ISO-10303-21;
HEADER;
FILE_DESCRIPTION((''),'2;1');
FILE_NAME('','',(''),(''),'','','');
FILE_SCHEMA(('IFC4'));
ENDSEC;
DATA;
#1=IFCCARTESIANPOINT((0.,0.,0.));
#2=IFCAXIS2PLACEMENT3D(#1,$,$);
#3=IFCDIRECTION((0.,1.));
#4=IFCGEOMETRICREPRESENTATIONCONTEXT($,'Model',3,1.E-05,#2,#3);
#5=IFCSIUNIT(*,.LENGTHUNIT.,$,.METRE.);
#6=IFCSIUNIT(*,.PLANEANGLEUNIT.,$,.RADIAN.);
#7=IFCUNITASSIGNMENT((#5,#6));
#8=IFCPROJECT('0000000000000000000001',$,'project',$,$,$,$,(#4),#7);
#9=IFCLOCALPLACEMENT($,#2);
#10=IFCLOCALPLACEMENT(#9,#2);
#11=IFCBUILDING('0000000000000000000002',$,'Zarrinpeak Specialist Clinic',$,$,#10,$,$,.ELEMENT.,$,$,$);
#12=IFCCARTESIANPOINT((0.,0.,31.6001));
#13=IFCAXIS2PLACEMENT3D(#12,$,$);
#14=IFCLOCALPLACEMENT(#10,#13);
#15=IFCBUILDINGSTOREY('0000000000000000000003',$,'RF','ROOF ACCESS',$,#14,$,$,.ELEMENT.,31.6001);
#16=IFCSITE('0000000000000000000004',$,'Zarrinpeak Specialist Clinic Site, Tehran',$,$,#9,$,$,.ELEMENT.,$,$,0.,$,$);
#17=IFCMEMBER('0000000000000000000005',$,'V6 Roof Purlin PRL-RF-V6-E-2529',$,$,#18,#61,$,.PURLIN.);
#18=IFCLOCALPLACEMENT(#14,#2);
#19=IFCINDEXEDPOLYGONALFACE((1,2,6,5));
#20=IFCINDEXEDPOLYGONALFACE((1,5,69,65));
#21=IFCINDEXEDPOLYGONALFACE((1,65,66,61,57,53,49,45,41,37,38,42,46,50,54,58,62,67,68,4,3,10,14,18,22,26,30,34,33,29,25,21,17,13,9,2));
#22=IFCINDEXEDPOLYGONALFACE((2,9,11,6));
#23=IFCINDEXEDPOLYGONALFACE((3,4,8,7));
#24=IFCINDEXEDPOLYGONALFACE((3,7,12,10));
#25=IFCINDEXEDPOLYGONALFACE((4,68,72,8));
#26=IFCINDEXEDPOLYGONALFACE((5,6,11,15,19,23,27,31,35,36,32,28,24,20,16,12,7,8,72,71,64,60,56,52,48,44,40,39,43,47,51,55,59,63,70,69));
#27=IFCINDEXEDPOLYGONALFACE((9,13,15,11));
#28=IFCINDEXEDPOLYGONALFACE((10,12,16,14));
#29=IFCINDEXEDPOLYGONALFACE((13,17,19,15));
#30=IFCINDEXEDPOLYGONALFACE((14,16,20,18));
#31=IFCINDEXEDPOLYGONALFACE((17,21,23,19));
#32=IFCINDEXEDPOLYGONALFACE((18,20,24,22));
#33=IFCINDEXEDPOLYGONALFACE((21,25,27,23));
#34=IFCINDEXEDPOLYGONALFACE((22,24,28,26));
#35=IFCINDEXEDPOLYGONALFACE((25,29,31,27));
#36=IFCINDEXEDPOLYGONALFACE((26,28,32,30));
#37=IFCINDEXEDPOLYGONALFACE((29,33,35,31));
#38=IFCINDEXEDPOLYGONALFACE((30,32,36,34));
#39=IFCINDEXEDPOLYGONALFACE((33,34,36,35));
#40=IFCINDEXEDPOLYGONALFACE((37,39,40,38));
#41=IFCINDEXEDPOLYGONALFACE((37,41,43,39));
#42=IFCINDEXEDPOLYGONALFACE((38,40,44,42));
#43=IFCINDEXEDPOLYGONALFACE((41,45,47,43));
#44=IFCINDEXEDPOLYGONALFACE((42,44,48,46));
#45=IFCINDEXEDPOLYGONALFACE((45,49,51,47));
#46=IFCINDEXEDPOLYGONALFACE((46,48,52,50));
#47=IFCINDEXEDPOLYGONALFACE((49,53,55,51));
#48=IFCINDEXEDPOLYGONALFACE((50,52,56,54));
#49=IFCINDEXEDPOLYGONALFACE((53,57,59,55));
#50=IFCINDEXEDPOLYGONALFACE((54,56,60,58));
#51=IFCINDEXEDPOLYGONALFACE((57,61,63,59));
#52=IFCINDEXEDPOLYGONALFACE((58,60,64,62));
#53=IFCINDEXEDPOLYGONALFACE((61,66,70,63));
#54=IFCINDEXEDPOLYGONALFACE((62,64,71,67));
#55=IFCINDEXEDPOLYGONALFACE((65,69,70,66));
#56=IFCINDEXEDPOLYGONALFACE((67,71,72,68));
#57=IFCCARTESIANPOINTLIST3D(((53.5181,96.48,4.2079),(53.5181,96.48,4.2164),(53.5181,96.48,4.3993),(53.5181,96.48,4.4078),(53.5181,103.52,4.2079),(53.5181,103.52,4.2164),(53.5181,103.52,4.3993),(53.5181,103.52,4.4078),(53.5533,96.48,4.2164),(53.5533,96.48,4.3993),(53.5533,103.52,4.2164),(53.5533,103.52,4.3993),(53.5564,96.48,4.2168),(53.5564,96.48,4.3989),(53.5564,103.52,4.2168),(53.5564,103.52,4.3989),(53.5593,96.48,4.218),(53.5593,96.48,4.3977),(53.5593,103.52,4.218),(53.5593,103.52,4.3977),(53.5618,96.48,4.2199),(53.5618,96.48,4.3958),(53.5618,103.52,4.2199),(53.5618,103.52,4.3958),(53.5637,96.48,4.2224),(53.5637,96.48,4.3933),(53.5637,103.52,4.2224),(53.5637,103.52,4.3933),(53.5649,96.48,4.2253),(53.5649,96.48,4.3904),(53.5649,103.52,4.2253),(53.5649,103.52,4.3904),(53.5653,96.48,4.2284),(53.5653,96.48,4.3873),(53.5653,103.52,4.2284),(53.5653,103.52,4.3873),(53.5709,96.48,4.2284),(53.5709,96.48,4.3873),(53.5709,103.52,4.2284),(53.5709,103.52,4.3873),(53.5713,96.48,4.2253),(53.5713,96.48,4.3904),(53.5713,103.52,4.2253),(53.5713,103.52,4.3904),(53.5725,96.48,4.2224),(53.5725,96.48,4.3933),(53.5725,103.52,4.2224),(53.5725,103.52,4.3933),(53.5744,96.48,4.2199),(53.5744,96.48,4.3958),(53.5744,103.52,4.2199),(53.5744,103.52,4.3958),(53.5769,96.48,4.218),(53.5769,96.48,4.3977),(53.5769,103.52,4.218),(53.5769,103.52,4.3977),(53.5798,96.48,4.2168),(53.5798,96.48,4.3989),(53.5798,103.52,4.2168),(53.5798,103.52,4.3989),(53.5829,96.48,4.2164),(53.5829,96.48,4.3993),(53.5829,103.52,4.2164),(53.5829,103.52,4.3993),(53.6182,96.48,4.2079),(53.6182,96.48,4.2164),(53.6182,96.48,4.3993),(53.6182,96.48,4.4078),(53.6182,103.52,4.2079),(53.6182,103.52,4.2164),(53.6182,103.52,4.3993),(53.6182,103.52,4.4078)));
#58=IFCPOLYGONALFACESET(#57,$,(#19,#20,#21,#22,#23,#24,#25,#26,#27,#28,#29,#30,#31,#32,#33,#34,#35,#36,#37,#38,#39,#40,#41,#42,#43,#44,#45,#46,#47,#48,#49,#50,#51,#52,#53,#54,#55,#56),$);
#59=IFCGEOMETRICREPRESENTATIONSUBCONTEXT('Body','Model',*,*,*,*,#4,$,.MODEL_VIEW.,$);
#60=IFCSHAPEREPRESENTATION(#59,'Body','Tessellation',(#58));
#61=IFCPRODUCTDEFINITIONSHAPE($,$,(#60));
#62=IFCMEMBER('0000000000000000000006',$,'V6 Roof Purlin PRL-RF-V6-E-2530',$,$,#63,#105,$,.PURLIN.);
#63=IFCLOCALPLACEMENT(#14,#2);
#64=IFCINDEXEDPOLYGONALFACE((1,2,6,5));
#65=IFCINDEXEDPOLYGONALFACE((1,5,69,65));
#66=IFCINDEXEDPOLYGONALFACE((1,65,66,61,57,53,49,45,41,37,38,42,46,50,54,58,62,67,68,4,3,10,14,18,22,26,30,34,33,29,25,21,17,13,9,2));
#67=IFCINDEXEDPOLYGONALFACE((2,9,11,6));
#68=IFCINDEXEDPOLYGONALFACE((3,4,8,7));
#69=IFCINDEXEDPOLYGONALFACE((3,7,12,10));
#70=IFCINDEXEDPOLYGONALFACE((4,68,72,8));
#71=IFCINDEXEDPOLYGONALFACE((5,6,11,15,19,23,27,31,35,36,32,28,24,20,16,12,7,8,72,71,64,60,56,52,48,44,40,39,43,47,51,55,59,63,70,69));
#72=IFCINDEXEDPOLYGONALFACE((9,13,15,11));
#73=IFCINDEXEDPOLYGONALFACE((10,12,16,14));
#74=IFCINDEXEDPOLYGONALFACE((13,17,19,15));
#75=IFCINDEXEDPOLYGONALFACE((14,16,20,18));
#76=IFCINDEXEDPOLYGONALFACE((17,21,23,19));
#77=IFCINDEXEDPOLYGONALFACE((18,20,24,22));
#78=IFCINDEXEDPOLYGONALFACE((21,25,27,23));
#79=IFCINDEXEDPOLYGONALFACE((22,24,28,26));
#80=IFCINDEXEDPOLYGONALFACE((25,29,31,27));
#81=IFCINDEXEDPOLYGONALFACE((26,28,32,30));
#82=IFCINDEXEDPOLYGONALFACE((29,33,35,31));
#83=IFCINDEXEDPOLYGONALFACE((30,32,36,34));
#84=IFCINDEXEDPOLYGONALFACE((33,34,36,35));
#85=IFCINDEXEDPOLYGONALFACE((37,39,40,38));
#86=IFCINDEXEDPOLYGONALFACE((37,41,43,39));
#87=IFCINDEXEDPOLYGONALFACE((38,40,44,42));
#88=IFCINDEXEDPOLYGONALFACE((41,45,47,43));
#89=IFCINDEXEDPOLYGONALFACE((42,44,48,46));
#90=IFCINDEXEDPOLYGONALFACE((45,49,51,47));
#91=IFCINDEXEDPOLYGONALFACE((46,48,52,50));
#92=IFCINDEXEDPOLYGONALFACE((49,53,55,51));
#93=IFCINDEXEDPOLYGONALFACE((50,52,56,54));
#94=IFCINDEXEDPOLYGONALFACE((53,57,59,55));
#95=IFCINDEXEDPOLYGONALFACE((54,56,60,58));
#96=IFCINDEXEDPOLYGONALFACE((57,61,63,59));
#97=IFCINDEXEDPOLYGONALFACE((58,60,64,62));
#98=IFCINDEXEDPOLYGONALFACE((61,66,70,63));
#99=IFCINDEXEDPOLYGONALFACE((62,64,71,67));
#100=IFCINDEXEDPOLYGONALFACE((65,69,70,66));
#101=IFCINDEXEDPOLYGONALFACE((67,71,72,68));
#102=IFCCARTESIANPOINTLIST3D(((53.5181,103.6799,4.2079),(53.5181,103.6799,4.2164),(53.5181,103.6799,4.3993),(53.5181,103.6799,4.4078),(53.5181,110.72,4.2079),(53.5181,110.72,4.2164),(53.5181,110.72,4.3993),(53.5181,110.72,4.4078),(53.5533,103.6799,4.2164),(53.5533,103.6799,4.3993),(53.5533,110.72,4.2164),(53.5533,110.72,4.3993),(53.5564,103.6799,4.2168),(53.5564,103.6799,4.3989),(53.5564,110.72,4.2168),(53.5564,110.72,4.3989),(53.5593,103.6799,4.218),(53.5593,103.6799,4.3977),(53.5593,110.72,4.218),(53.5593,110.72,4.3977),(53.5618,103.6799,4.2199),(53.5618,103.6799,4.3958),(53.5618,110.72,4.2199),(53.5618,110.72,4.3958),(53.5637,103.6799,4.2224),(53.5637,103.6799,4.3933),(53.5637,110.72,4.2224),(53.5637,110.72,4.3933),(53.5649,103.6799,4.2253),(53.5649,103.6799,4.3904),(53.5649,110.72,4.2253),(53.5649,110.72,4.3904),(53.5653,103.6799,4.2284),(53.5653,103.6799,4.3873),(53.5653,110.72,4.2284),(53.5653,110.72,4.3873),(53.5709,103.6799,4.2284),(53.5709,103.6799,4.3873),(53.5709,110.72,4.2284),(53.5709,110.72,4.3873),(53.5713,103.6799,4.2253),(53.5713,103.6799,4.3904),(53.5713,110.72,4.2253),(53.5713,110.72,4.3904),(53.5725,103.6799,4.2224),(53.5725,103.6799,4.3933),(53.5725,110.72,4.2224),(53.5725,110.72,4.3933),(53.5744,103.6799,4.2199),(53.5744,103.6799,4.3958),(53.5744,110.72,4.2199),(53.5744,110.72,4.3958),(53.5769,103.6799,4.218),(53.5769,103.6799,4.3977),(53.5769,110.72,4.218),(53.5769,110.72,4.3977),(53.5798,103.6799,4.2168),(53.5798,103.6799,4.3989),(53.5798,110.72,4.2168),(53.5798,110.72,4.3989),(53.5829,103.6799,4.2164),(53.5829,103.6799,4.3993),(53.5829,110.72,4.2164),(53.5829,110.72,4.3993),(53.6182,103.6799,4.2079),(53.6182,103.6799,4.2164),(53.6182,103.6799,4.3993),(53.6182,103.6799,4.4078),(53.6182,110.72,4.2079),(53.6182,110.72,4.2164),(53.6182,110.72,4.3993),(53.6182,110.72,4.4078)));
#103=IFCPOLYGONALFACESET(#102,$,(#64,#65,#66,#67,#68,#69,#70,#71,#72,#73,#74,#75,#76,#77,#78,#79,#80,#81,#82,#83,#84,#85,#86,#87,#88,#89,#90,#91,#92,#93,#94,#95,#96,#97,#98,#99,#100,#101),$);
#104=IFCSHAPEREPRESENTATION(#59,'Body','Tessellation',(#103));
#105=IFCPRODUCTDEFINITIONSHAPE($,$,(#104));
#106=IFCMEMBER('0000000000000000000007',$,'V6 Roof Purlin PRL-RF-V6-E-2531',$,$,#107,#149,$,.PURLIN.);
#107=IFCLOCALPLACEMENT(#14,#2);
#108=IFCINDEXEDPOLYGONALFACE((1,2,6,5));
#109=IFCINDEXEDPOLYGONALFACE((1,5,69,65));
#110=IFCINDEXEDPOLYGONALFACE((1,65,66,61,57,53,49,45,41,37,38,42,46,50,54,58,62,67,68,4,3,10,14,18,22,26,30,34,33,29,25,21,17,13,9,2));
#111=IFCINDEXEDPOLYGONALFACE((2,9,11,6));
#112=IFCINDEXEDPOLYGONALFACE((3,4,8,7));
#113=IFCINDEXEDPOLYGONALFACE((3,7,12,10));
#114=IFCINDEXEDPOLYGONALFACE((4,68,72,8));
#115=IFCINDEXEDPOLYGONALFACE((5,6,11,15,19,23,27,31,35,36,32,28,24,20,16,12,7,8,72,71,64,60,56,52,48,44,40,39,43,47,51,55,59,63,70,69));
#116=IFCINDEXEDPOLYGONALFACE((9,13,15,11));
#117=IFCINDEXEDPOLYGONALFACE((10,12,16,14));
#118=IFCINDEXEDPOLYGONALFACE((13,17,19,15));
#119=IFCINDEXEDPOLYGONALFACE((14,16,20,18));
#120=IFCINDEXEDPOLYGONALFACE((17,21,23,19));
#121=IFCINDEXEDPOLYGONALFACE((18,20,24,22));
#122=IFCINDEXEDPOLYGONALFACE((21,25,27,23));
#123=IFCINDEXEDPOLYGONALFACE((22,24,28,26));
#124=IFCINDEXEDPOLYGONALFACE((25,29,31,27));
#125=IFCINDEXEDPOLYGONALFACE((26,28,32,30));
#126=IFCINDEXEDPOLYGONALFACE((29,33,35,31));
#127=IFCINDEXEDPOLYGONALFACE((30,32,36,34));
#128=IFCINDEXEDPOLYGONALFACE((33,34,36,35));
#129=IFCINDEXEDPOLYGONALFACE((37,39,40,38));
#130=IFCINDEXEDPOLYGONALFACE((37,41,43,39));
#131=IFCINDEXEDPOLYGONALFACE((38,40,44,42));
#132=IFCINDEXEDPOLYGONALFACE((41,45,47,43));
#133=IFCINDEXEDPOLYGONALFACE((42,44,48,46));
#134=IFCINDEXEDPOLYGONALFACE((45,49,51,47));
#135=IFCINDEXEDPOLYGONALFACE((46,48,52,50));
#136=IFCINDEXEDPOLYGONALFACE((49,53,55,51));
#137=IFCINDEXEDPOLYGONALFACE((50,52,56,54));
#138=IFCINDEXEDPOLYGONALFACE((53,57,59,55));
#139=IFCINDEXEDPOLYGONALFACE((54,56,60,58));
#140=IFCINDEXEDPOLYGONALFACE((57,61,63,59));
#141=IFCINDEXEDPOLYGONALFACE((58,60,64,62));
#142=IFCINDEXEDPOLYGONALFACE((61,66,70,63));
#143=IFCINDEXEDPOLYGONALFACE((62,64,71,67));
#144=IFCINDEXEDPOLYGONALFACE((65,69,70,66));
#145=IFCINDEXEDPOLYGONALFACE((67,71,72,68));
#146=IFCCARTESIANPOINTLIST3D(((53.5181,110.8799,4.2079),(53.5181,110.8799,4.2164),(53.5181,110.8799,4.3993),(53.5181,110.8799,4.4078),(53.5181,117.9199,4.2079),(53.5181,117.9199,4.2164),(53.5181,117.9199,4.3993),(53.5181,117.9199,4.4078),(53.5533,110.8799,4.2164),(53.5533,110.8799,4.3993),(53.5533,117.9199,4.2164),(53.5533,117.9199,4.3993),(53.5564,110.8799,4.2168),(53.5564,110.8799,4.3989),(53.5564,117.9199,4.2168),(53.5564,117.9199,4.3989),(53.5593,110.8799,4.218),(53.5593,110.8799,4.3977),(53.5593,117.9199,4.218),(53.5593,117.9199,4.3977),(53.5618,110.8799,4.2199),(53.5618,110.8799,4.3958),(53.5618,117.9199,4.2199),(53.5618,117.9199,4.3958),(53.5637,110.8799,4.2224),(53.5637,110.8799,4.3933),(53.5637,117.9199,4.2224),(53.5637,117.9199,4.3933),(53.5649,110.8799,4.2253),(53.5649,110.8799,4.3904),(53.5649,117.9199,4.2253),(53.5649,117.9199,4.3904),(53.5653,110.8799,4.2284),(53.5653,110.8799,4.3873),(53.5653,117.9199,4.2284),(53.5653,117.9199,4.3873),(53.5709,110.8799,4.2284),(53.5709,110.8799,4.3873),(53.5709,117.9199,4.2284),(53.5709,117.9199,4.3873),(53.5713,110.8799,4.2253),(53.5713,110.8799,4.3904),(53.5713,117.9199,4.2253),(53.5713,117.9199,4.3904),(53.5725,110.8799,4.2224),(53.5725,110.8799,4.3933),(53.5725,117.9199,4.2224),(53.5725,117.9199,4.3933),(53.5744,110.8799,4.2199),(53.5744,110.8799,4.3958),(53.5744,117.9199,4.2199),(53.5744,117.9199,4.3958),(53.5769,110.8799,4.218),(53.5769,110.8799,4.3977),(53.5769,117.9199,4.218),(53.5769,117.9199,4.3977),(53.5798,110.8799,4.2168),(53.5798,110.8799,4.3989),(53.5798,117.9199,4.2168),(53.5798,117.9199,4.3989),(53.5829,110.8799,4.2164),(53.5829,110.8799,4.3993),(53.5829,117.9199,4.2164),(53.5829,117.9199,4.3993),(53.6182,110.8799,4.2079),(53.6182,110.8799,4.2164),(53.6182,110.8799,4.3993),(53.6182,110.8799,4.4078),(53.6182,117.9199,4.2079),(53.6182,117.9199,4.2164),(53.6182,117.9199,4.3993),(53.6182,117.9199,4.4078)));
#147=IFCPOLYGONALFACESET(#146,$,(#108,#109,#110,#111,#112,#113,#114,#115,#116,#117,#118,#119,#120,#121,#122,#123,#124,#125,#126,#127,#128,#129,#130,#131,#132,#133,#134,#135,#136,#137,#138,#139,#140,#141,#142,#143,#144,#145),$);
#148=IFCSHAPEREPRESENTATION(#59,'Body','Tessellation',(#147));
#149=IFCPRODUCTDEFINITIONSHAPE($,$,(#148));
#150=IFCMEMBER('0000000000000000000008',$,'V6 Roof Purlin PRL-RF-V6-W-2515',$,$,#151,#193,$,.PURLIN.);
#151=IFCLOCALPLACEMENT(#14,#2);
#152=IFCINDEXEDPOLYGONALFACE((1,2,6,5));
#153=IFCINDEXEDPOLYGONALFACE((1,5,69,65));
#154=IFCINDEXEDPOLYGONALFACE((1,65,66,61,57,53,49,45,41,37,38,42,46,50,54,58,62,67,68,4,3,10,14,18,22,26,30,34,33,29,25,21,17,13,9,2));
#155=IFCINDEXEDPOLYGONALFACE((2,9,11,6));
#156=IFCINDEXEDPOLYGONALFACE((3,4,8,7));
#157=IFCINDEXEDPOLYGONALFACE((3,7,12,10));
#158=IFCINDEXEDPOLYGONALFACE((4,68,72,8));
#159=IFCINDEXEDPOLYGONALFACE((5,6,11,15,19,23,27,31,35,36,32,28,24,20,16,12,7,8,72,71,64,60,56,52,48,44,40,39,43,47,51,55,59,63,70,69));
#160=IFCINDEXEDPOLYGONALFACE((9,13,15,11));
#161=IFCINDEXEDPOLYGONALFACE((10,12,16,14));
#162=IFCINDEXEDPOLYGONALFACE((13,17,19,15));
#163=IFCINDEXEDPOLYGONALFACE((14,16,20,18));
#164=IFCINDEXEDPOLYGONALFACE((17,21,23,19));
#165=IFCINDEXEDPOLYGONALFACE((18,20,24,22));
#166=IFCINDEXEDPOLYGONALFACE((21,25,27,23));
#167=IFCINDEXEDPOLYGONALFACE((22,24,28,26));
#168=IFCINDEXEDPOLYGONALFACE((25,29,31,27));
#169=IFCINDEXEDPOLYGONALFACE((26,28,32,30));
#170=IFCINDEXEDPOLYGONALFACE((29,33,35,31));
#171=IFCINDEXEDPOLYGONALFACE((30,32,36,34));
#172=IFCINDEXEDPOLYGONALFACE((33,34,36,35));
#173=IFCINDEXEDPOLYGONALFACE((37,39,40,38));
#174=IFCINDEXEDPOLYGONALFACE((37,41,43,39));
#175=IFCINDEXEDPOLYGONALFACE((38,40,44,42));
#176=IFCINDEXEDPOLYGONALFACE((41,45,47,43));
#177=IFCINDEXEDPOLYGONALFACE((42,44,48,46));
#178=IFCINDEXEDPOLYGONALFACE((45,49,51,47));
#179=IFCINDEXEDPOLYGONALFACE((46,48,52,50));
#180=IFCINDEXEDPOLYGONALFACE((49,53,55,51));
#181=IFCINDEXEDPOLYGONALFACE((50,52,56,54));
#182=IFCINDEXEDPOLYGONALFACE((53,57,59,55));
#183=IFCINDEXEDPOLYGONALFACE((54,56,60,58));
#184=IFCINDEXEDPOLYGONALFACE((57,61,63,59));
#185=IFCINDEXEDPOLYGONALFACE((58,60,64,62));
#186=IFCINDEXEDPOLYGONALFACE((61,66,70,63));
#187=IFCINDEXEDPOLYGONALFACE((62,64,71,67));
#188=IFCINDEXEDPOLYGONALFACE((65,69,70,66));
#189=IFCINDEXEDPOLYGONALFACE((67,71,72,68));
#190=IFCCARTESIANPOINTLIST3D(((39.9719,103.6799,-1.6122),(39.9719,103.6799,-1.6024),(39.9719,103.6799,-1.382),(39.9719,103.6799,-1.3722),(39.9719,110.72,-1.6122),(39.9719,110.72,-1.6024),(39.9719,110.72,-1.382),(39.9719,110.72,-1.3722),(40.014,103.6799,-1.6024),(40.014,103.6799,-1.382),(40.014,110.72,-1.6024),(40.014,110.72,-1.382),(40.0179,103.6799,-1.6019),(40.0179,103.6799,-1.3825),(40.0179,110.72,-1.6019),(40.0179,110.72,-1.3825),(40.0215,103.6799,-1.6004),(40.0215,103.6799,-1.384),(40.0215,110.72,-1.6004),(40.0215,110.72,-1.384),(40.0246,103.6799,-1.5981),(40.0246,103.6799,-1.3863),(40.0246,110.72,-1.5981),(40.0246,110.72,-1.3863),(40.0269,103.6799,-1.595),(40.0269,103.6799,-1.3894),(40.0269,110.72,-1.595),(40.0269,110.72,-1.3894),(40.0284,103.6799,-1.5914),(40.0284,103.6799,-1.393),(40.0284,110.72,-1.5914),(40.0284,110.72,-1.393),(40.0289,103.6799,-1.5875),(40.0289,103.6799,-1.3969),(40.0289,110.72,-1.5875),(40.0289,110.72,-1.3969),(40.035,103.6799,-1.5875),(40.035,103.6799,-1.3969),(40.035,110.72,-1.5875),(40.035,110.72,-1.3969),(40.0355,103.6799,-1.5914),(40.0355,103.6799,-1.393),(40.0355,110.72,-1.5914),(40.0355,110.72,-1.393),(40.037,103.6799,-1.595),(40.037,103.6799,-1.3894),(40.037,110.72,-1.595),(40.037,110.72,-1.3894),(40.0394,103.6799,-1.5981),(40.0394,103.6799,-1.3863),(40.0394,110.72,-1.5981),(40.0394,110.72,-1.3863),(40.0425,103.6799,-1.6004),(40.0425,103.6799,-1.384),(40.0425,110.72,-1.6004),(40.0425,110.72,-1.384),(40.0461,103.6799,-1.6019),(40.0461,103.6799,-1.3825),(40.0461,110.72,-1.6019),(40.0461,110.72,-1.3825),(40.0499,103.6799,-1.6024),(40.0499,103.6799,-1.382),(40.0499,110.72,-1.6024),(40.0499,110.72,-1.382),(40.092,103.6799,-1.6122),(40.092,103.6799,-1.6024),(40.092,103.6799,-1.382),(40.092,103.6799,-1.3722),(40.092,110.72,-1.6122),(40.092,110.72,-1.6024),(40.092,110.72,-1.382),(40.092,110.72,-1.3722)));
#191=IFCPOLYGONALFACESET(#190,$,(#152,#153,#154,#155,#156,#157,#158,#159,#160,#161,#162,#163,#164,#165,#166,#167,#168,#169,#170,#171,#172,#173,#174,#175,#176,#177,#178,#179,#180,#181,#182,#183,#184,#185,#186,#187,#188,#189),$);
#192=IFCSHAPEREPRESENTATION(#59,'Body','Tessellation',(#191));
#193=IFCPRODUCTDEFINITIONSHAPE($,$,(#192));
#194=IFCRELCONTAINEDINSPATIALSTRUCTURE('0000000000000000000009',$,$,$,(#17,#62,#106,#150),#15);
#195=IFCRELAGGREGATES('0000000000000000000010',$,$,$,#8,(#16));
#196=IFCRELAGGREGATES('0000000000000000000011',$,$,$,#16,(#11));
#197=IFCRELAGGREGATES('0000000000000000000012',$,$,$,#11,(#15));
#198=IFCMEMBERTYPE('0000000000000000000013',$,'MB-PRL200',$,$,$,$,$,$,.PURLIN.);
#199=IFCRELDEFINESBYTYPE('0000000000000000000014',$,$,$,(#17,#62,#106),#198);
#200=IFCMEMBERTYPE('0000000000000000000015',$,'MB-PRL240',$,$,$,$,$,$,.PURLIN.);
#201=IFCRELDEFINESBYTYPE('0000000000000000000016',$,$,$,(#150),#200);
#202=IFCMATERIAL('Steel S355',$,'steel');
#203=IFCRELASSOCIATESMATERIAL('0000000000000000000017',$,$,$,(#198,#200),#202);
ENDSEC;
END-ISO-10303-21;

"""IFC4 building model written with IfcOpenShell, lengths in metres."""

from ifc_helpers import new_model, si_unit, direction, frame, origin, origin_2d, place, context, subcontext, project, spatial, i_section, extrude, material, material_profile, profile_set, type_object, element, save


model = new_model("IFC4")

# Units and contexts
model_context = context("Model", 3, precision=1e-05, world=origin(), true_north=direction((0.0, 1.0)))
body_context = subcontext(model_context, "Body", "Model", "MODEL_VIEW")
ifc_project = project(units=[si_unit("LENGTHUNIT", "METRE"), si_unit("PLANEANGLEUNIT", "RADIAN")], contexts=[model_context])

# Site, building, storey
site_placement = place(None, origin())
site = spatial("IfcSite", under=ifc_project, at=site_placement, Name="Zarrinpeak Specialist Clinic Site, Tehran", CompositionType="ELEMENT", RefElevation=0.0)
building_placement = place(site_placement, origin())
building = spatial("IfcBuilding", under=site, at=building_placement, Name="Zarrinpeak Specialist Clinic", CompositionType="ELEMENT")
storey_placement = place(building_placement, frame((0.0, 0.0, 31.6001)))
storey = spatial("IfcBuildingStorey", under=building, at=storey_placement, Name="RF", Description="ROOF ACCESS", CompositionType="ELEMENT", Elevation=31.6001)

# Shared definitions
ifc_material = material(Name="Steel S355", Category="steel")

# Members
ifc_material_profile_1 = material_profile(ifc_material, i_section(OverallWidth=0.1001, OverallDepth=0.2, WebThickness=0.0056, FlangeThickness=0.0085, FilletRadius=0.012, at=origin_2d()), Name="IPE 200")
ifc_profile_set_1 = profile_set([ifc_material_profile_1], Name="Steel S355")
member_type_1 = type_object("IfcMemberType", Name="MB-PRL200", PredefinedType="PURLIN", material=ifc_profile_set_1)
for number, where, z_axis, x_axis, name in (
    (1, (53.5681, 96.48, 4.3079), (0.0, 1.0, 0.0), (-1.0, 0.0, 0.0), "V6 Roof Purlin PRL-RF-V6-E-2529"),
    (2, (53.5681, 103.6799, 4.3079), (0.0, 1.0, 0.0), (-1.0, 0.0, 0.0), "V6 Roof Purlin PRL-RF-V6-E-2530"),
    (3, (53.5681, 110.8799, 4.3079), (0.0, 1.0, 0.0), (-1.0, 0.0, 0.0), "V6 Roof Purlin PRL-RF-V6-E-2531"),
):
    element("IfcMember", number, at=place(storey_placement, frame(where, z_axis=z_axis, x_axis=x_axis)), inside=storey, type_object=member_type_1, Name=name, PredefinedType="PURLIN", context=body_context, shape_type="SweptSolid", body=[
        extrude(i_section(OverallWidth=0.1001, OverallDepth=0.2, WebThickness=0.0056, FlangeThickness=0.0085, FilletRadius=0.012, at=origin_2d()), origin(), (0.0, 0.0, 1.0), 7.04),
    ])
ifc_material_profile_2 = material_profile(ifc_material, i_section(OverallWidth=0.1201, OverallDepth=0.24, WebThickness=0.0061, FlangeThickness=0.0098, FilletRadius=0.0149, at=origin_2d()), Name="IPE 240")
ifc_profile_set_2 = profile_set([ifc_material_profile_2], Name="Steel S355")
member_type_2 = type_object("IfcMemberType", Name="MB-PRL240", PredefinedType="PURLIN", material=ifc_profile_set_2)
for number, where, z_axis, x_axis, name in (
    (4, (40.032, 103.6799, -1.4922), (0.0, 1.0, 0.0), (-1.0, 0.0, 0.0), "V6 Roof Purlin PRL-RF-V6-W-2515"),
):
    element("IfcMember", number, at=place(storey_placement, frame(where, z_axis=z_axis, x_axis=x_axis)), inside=storey, type_object=member_type_2, Name=name, PredefinedType="PURLIN", context=body_context, shape_type="SweptSolid", body=[
        extrude(i_section(OverallWidth=0.1201, OverallDepth=0.24, WebThickness=0.0061, FlangeThickness=0.0098, FilletRadius=0.0149, at=origin_2d()), origin(), (0.0, 0.0, 1.0), 7.04),
    ])

save(model, "model.ifc")
